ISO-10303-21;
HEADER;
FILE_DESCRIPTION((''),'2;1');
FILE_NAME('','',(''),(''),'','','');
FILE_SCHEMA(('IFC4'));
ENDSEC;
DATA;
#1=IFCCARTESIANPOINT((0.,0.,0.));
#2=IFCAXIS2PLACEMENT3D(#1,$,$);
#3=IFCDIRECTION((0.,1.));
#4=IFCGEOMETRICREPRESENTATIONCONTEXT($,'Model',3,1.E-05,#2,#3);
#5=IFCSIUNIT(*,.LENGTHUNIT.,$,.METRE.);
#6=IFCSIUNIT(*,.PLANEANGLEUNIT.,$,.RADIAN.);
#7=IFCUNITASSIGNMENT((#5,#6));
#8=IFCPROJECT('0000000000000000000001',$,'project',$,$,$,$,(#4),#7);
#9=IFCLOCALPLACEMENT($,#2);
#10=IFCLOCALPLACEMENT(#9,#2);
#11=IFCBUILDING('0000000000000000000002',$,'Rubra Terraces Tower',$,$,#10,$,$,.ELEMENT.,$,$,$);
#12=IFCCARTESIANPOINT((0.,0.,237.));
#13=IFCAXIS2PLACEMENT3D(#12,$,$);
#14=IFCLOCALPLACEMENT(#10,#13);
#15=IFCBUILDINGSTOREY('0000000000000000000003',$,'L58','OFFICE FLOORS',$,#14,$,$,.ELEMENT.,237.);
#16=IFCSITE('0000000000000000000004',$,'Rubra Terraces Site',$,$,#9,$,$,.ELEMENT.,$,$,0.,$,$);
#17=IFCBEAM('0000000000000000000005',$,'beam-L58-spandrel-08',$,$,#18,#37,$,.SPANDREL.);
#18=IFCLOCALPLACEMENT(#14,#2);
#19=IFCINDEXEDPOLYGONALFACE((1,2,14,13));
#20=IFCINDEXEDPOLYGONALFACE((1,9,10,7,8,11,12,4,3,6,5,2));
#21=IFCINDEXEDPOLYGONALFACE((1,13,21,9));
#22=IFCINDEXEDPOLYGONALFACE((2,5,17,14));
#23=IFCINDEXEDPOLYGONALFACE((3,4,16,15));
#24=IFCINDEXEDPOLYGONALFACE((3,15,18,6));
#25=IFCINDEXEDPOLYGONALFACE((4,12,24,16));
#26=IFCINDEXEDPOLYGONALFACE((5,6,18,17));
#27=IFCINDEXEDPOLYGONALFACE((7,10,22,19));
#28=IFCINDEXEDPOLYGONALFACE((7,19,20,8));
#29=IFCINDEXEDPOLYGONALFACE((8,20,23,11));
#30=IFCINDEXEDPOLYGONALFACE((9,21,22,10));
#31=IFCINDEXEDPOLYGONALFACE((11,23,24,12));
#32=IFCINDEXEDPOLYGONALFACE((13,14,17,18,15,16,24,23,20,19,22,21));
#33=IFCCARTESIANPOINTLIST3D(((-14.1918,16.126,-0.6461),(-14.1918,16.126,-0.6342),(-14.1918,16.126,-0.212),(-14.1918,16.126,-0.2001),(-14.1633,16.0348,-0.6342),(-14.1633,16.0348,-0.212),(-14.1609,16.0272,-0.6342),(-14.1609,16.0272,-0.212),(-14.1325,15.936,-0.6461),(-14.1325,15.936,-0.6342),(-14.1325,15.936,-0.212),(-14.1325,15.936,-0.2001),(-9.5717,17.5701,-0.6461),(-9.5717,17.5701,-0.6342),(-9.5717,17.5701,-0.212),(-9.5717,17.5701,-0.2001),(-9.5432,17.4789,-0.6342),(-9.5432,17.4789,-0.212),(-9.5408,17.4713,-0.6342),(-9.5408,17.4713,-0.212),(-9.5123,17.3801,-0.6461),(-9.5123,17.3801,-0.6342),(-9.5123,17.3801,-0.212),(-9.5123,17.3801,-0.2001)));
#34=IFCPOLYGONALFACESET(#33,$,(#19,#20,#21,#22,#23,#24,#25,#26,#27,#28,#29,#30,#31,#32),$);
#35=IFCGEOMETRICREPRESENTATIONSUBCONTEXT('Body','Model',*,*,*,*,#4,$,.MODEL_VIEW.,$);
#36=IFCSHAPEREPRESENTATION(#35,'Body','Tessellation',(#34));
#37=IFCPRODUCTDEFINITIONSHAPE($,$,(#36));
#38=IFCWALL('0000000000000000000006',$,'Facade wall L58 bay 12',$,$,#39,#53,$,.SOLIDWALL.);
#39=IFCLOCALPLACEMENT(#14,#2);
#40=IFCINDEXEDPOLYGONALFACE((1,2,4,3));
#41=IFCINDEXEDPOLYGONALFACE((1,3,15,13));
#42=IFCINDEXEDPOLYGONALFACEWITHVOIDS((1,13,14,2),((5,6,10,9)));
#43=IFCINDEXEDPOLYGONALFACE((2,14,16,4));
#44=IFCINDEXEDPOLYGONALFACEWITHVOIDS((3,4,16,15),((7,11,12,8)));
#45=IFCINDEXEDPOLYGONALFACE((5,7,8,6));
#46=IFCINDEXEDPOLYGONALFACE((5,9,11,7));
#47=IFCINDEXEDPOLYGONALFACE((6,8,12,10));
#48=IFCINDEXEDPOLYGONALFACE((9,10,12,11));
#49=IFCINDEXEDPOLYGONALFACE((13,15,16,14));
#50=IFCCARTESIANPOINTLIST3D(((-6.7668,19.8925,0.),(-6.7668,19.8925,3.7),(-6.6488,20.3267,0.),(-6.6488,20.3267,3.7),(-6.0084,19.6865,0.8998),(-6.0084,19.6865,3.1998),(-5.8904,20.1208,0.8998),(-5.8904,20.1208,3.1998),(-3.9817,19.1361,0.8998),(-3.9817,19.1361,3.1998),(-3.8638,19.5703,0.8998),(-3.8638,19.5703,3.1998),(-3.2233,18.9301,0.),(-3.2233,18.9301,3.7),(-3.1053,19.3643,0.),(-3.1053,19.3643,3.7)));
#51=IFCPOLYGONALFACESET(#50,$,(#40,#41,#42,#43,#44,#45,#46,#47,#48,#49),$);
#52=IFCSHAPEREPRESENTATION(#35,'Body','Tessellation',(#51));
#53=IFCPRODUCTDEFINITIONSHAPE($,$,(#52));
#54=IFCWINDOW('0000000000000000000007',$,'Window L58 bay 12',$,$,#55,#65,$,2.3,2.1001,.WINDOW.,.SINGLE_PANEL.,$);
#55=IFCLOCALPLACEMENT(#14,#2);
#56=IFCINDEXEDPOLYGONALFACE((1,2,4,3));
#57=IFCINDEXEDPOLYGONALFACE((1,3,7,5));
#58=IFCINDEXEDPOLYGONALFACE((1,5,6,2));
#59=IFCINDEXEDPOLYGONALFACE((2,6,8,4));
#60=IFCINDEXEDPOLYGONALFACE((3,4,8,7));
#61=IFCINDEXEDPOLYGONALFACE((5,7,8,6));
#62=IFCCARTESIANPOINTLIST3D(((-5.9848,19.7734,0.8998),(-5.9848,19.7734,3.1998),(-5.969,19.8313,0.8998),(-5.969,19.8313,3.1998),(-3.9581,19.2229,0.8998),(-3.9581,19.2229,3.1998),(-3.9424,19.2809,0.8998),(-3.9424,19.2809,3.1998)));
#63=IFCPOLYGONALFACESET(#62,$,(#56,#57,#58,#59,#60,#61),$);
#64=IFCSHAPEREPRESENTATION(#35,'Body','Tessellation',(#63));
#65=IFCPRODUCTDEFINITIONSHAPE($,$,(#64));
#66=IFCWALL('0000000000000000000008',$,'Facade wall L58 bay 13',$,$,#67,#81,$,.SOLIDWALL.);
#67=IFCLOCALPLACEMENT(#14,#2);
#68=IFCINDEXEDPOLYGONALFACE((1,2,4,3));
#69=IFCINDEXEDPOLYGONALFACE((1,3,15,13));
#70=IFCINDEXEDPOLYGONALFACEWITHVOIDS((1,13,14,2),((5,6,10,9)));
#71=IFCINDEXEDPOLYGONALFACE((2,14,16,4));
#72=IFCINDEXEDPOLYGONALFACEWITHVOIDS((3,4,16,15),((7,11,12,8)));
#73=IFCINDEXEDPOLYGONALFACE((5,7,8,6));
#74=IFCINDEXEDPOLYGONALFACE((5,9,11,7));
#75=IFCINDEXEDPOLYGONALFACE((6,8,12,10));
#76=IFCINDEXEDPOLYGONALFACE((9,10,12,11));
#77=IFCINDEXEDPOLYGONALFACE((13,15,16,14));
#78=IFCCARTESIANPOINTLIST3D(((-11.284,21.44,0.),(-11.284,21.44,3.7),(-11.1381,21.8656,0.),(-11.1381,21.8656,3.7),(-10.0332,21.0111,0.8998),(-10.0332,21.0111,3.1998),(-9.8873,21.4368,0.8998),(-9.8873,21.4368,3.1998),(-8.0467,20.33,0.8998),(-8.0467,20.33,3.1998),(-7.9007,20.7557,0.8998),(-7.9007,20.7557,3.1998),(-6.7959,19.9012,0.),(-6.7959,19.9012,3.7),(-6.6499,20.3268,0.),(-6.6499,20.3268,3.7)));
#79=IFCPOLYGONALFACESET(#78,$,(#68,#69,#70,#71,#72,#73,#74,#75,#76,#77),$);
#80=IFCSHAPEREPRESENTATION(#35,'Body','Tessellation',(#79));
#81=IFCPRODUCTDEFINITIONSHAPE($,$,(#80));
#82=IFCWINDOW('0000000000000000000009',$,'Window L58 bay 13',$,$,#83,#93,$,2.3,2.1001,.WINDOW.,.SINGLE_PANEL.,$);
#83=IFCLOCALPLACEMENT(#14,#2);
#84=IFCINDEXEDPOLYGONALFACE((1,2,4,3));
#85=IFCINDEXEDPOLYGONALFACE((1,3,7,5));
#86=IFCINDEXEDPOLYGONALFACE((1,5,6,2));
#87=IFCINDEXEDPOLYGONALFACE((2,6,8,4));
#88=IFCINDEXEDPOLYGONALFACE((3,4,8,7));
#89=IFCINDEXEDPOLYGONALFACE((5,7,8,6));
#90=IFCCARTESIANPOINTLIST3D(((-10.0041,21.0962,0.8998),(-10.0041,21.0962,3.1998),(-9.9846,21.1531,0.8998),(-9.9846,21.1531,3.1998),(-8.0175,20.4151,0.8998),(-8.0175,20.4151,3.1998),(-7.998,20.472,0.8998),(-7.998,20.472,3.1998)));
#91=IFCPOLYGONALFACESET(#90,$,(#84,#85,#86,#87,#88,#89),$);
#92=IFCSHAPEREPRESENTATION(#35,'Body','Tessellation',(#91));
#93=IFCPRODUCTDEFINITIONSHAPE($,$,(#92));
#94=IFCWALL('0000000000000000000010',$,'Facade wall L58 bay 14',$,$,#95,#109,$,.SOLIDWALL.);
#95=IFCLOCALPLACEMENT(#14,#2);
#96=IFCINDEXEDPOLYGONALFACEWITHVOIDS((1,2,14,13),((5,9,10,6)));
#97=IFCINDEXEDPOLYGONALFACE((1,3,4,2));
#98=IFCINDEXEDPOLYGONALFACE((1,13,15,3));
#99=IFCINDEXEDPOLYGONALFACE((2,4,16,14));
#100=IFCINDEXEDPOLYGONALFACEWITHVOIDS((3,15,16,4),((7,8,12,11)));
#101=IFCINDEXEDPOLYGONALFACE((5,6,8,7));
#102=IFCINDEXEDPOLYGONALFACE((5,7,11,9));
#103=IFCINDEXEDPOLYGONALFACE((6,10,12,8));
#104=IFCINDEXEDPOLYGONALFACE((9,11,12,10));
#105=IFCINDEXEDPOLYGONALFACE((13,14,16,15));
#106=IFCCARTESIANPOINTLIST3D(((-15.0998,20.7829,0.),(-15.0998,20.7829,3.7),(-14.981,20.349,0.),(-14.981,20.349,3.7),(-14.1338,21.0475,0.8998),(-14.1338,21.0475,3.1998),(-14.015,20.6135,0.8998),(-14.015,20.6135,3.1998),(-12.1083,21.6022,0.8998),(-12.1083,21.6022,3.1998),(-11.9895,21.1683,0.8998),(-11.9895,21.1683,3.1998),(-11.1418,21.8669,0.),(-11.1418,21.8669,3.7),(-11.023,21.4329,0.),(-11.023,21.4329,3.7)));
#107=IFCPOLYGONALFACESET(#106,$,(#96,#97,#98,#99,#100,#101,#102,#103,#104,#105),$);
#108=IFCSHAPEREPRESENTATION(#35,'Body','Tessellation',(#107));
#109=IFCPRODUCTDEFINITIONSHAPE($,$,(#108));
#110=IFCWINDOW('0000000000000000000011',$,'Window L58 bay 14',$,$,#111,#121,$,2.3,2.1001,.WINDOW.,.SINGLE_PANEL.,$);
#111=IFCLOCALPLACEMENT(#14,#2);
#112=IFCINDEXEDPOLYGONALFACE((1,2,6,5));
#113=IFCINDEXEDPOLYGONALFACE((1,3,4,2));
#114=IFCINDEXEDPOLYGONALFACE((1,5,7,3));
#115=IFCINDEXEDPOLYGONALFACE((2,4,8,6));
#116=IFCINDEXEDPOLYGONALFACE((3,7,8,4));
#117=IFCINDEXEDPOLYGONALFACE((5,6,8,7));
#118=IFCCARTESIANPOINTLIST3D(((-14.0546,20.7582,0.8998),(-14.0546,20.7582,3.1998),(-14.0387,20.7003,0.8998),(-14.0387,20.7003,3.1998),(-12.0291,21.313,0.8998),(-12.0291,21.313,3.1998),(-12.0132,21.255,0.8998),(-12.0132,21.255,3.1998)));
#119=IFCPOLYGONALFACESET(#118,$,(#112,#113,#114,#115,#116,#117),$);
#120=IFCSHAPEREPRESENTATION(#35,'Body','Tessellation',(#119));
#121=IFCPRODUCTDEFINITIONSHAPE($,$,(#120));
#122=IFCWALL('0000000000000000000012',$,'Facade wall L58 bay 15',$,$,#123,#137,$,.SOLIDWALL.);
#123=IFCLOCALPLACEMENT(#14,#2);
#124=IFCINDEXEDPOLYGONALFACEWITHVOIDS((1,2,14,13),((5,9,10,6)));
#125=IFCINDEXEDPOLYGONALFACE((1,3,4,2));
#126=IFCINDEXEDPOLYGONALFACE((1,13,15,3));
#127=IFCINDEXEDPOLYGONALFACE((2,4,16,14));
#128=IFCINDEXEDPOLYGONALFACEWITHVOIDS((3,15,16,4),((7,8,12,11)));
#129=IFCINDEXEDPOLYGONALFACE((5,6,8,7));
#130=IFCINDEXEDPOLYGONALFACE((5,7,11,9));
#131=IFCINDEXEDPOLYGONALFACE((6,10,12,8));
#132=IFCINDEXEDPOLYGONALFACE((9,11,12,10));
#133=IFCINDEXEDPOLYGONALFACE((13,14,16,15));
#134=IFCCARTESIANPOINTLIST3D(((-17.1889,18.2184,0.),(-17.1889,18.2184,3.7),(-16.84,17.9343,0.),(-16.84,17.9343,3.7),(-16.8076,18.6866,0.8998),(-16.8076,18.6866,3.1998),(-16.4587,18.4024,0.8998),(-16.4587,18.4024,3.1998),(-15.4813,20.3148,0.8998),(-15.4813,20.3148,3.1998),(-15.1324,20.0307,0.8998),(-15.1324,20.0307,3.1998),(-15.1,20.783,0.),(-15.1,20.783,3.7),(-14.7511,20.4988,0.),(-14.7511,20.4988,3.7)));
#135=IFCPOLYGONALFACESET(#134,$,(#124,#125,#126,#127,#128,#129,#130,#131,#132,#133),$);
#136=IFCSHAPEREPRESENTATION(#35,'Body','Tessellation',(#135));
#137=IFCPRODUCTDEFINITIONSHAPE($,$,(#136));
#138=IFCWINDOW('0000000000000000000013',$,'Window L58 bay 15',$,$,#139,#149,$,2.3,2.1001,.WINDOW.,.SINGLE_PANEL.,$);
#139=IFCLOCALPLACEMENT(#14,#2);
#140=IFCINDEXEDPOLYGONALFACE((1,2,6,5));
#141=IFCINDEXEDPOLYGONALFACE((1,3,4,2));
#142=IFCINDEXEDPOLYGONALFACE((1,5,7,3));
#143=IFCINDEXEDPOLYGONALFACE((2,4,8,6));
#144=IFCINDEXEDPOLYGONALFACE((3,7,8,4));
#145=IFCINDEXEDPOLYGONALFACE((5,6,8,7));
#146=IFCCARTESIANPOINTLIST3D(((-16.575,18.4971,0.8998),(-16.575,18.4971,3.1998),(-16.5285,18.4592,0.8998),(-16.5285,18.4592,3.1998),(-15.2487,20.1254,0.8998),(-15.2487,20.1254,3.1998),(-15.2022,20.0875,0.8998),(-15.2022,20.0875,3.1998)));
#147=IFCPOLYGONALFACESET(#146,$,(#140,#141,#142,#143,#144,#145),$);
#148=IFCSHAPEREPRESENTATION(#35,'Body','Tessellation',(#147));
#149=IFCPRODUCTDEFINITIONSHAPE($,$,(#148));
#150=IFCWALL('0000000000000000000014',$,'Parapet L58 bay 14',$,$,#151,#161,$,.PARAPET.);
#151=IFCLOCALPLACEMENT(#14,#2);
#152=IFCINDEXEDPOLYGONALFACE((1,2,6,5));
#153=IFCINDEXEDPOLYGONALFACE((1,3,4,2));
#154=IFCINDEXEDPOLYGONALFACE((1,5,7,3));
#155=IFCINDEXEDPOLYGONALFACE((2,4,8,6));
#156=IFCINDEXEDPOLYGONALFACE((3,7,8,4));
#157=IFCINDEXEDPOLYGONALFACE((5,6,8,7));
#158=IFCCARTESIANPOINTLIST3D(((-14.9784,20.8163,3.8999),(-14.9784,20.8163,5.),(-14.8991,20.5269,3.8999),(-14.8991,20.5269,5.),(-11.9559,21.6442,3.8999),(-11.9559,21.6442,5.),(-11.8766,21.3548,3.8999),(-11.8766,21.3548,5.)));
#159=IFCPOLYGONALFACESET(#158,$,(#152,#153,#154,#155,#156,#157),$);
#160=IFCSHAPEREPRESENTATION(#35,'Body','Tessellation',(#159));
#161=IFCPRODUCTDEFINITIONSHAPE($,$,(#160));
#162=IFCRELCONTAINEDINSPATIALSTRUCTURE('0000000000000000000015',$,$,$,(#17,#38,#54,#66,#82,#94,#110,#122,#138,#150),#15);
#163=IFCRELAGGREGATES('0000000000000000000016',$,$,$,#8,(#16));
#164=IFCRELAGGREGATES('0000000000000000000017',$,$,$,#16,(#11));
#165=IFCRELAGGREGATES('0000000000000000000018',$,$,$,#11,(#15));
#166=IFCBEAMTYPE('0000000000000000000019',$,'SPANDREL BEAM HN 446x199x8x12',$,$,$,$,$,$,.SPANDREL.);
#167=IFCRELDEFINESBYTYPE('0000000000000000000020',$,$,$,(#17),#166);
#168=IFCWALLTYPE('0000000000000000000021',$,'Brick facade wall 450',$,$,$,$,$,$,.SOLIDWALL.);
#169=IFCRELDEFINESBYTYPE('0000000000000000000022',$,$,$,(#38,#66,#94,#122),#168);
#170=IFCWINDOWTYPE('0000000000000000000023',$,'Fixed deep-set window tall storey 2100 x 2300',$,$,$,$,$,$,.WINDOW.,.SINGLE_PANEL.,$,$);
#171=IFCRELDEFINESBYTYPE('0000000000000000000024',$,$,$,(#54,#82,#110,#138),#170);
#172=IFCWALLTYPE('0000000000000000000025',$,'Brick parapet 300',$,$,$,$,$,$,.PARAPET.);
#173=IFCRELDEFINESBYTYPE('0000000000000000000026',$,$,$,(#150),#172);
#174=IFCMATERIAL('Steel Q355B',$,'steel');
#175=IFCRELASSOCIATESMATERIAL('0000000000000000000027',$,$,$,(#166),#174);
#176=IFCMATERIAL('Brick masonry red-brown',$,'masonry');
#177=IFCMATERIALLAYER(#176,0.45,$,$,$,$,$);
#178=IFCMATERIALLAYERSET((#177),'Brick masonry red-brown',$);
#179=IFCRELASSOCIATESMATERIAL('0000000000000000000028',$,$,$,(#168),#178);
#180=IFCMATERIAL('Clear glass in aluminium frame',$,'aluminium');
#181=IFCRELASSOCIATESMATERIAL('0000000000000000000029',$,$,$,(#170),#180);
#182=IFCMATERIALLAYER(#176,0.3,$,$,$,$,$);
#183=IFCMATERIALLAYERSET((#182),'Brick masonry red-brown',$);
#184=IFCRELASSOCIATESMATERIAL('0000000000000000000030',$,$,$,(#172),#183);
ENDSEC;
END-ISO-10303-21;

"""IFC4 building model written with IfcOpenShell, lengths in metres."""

from ifc_helpers import new_model, si_unit, direction, frame, frame_2d, origin, origin_2d, place, context, subcontext, project, spatial, rectangle, i_section, extrude, material, layer, layer_set, material_profile, profile_set, type_object, element, fill, save


model = new_model("IFC4")

# Units and contexts
model_context = context("Model", 3, precision=1e-05, world=origin(), true_north=direction((0.0, 1.0)))
body_context = subcontext(model_context, "Body", "Model", "MODEL_VIEW")
ifc_project = project(units=[si_unit("LENGTHUNIT", "METRE"), si_unit("PLANEANGLEUNIT", "RADIAN")], contexts=[model_context])

# Site, building, storey
site_placement = place(None, origin())
site = spatial("IfcSite", under=ifc_project, at=site_placement, Name="Rubra Terraces Site", CompositionType="ELEMENT", RefElevation=0.0)
building_placement = place(site_placement, origin())
building = spatial("IfcBuilding", under=site, at=building_placement, Name="Rubra Terraces Tower", CompositionType="ELEMENT")
storey_placement = place(building_placement, frame((0.0, 0.0, 237.0)))
storey = spatial("IfcBuildingStorey", under=building, at=storey_placement, Name="L58", Description="OFFICE FLOORS", CompositionType="ELEMENT", Elevation=237.0)

# Beam
ifc_material_1 = material(Name="Steel Q355B", Category="steel")
ifc_material_profile_1 = material_profile(ifc_material_1, i_section(OverallWidth=0.199, OverallDepth=0.446, WebThickness=0.0081, FlangeThickness=0.012, at=origin_2d()), Name="HN 446x199x8x12")
ifc_profile_set_1 = profile_set([ifc_material_profile_1], Name="Steel Q355B")
beam_type_1 = type_object("IfcBeamType", Name="SPANDREL BEAM HN 446x199x8x12", PredefinedType="SPANDREL", material=ifc_profile_set_1)
beam_1_placement = place(storey_placement, frame((-9.542, 17.4751, -0.4231), z_axis=(-0.954462, -0.298332, 0.0), x_axis=(0.298332, -0.954462, 0.0)))
element("IfcBeam", 1, at=beam_1_placement, inside=storey, type_object=beam_type_1, Name="beam-L58-spandrel-08", PredefinedType="SPANDREL", context=body_context, shape_type="SweptSolid", body=[
    extrude(i_section(OverallWidth=0.199, OverallDepth=0.446, WebThickness=0.0081, FlangeThickness=0.012, at=origin_2d()), origin(), (0.0, 0.0, 1.0), 4.8406),
])

# Walls, openings, windows
ifc_material_2 = material(Name="Brick masonry red-brown", Category="masonry")
ifc_layer_1 = layer(ifc_material_2, 0.45)
ifc_layer_set_1 = layer_set([ifc_layer_1], Name="Brick masonry red-brown")
wall_type_1 = type_object("IfcWallType", Name="Brick facade wall 450", PredefinedType="SOLIDWALL", material=ifc_layer_set_1)
wall_1_placement = place(storey_placement, frame((-3.1643, 19.1472, 0.0), z_axis=(0.0, 0.0, 1.0), x_axis=(-0.965039, 0.262105, 0.0)))
wall_1 = element("IfcWall", 2, at=wall_1_placement, inside=storey, type_object=wall_type_1, Name="Facade wall L58 bay 12", PredefinedType="SOLIDWALL", context=body_context, shape_type="SweptSolid", body=[
    extrude(rectangle(XDim=3.6719, YDim=0.45, at=frame_2d((1.8359, 0.0))), origin(), (0.0, 0.0, 1.0), 3.7),
])
opening_1_placement = place(wall_1_placement, frame((0.7859, 0.0, 0.8999)))
opening_1 = element("IfcOpeningElement", 3, at=opening_1_placement, cuts=wall_1, PredefinedType="OPENING", context=body_context, shape_type="SweptSolid", body=[
    extrude(rectangle(XDim=2.1001, YDim=2.3, at=frame_2d((1.05, 1.1499))), frame((0.0, 0.2349, 0.0), z_axis=(0.0, -1.0, 0.0), x_axis=(1.0, 0.0, 0.0)), (0.0, 0.0, 1.0), 0.47),
])
ifc_material_3 = material(Name="Clear glass in aluminium frame", Category="aluminium")
window_type = type_object("IfcWindowType", Name="Fixed deep-set window tall storey 2100 x 2300", PartitioningType="SINGLE_PANEL", PredefinedType="WINDOW", material=ifc_material_3)
window_1_placement = place(opening_1_placement, origin())
window_1 = element("IfcWindow", 4, at=window_1_placement, inside=storey, type_object=window_type, Name="Window L58 bay 12", OverallHeight=2.3, OverallWidth=2.1001, PartitioningType="SINGLE_PANEL", PredefinedType="WINDOW", context=body_context, shape_type="SweptSolid", body=[
    extrude(rectangle(XDim=2.1001, YDim=2.3, at=frame_2d((1.05, 1.1499))), frame((0.0, 0.135, 0.0), z_axis=(0.0, -1.0, 0.0), x_axis=(1.0, 0.0, 0.0)), (0.0, 0.0, 1.0), 0.0601),
])
fill(opening_1, window_1)
wall_2_placement = place(storey_placement, frame((-6.7229, 20.114, 0.0), z_axis=(0.0, 0.0, 1.0), x_axis=(-0.945947, 0.32432, 0.0)))
wall_2 = element("IfcWall", 5, at=wall_2_placement, inside=storey, type_object=wall_type_1, Name="Facade wall L58 bay 13", PredefinedType="SOLIDWALL", context=body_context, shape_type="SweptSolid", body=[
    extrude(rectangle(XDim=4.7446, YDim=0.45, at=frame_2d((2.3723, 0.0))), origin(), (0.0, 0.0, 1.0), 3.7),
])
opening_2_placement = place(wall_2_placement, frame((1.3223, 0.0, 0.8999)))
opening_2 = element("IfcOpeningElement", 6, at=opening_2_placement, cuts=wall_2, PredefinedType="OPENING", context=body_context, shape_type="SweptSolid", body=[
    extrude(rectangle(XDim=2.1001, YDim=2.3, at=frame_2d((1.05, 1.1499))), frame((0.0, 0.2349, 0.0), z_axis=(0.0, -1.0, 0.0), x_axis=(1.0, 0.0, 0.0)), (0.0, 0.0, 1.0), 0.47),
])
window_2_placement = place(opening_2_placement, origin())
window_2 = element("IfcWindow", 7, at=window_2_placement, inside=storey, type_object=window_type, Name="Window L58 bay 13", OverallHeight=2.3, OverallWidth=2.1001, PartitioningType="SINGLE_PANEL", PredefinedType="WINDOW", context=body_context, shape_type="SweptSolid", body=[
    extrude(rectangle(XDim=2.1001, YDim=2.3, at=frame_2d((1.05, 1.1499))), frame((0.0, 0.135, 0.0), z_axis=(0.0, -1.0, 0.0), x_axis=(1.0, 0.0, 0.0)), (0.0, 0.0, 1.0), 0.0601),
])
fill(opening_2, window_2)
wall_3_placement = place(storey_placement, frame((-11.0825, 21.6499, 0.0), z_axis=(0.0, 0.0, 1.0), x_axis=(-0.964483, -0.264144, 0.0)))
wall_3 = element("IfcWall", 8, at=wall_3_placement, inside=storey, type_object=wall_type_1, Name="Facade wall L58 bay 14", PredefinedType="SOLIDWALL", context=body_context, shape_type="SweptSolid", body=[
    extrude(rectangle(XDim=4.1038, YDim=0.45, at=frame_2d((2.0518, 0.0))), origin(), (0.0, 0.0, 1.0), 3.7),
])
opening_3_placement = place(wall_3_placement, frame((1.002, 0.0, 0.8999)))
opening_3 = element("IfcOpeningElement", 9, at=opening_3_placement, cuts=wall_3, PredefinedType="OPENING", context=body_context, shape_type="SweptSolid", body=[
    extrude(rectangle(XDim=2.1001, YDim=2.3, at=frame_2d((1.05, 1.1499))), frame((0.0, 0.2349, 0.0), z_axis=(0.0, -1.0, 0.0), x_axis=(1.0, 0.0, 0.0)), (0.0, 0.0, 1.0), 0.47),
])
window_3_placement = place(opening_3_placement, origin())
window_3 = element("IfcWindow", 10, at=window_3_placement, inside=storey, type_object=window_type, Name="Window L58 bay 14", OverallHeight=2.3, OverallWidth=2.1001, PartitioningType="SINGLE_PANEL", PredefinedType="WINDOW", context=body_context, shape_type="SweptSolid", body=[
    extrude(rectangle(XDim=2.1001, YDim=2.3, at=frame_2d((1.05, 1.1499))), frame((0.0, 0.135, 0.0), z_axis=(0.0, -1.0, 0.0), x_axis=(1.0, 0.0, 0.0)), (0.0, 0.0, 1.0), 0.0601),
])
fill(opening_3, window_3)
wall_4_placement = place(storey_placement, frame((-14.9255, 20.6409, 0.0), z_axis=(0.0, 0.0, 1.0), x_axis=(-0.631548, -0.775337, 0.0)))
wall_4 = element("IfcWall", 11, at=wall_4_placement, inside=storey, type_object=wall_type_1, Name="Facade wall L58 bay 15", PredefinedType="SOLIDWALL", context=body_context, shape_type="SweptSolid", body=[
    extrude(rectangle(XDim=3.3076, YDim=0.45, at=frame_2d((1.6538, 0.0))), origin(), (0.0, 0.0, 1.0), 3.7),
])
opening_4_placement = place(wall_4_placement, frame((0.6038, 0.0, 0.8999)))
opening_4 = element("IfcOpeningElement", 12, at=opening_4_placement, cuts=wall_4, PredefinedType="OPENING", context=body_context, shape_type="SweptSolid", body=[
    extrude(rectangle(XDim=2.1001, YDim=2.3, at=frame_2d((1.05, 1.1499))), frame((0.0, 0.2349, 0.0), z_axis=(0.0, -1.0, 0.0), x_axis=(1.0, 0.0, 0.0)), (0.0, 0.0, 1.0), 0.47),
])
window_4_placement = place(opening_4_placement, origin())
window_4 = element("IfcWindow", 13, at=window_4_placement, inside=storey, type_object=window_type, Name="Window L58 bay 15", OverallHeight=2.3, OverallWidth=2.1001, PartitioningType="SINGLE_PANEL", PredefinedType="WINDOW", context=body_context, shape_type="SweptSolid", body=[
    extrude(rectangle(XDim=2.1001, YDim=2.3, at=frame_2d((1.05, 1.1499))), frame((0.0, 0.135, 0.0), z_axis=(0.0, -1.0, 0.0), x_axis=(1.0, 0.0, 0.0)), (0.0, 0.0, 1.0), 0.0601),
])
fill(opening_4, window_4)

# Wall
ifc_layer_2 = layer(ifc_material_2, 0.3)
ifc_layer_set_2 = layer_set([ifc_layer_2], Name="Brick masonry red-brown")
wall_type_2 = type_object("IfcWallType", Name="Brick parapet 300", PredefinedType="PARAPET", material=ifc_layer_set_2)
wall_5_placement = place(storey_placement, frame((-11.9163, 21.4995, 3.8999), z_axis=(0.0, 0.0, 1.0), x_axis=(-0.964474, -0.264179, 0.0)))
element("IfcWall", 14, at=wall_5_placement, inside=storey, type_object=wall_type_2, Name="Parapet L58 bay 14", PredefinedType="PARAPET", context=body_context, shape_type="SweptSolid", body=[
    extrude(rectangle(XDim=3.1338, YDim=0.3, at=frame_2d((1.5669, 0.0))), origin(), (0.0, 0.0, 1.0), 1.1001),
])

save(model, "model.ifc")
